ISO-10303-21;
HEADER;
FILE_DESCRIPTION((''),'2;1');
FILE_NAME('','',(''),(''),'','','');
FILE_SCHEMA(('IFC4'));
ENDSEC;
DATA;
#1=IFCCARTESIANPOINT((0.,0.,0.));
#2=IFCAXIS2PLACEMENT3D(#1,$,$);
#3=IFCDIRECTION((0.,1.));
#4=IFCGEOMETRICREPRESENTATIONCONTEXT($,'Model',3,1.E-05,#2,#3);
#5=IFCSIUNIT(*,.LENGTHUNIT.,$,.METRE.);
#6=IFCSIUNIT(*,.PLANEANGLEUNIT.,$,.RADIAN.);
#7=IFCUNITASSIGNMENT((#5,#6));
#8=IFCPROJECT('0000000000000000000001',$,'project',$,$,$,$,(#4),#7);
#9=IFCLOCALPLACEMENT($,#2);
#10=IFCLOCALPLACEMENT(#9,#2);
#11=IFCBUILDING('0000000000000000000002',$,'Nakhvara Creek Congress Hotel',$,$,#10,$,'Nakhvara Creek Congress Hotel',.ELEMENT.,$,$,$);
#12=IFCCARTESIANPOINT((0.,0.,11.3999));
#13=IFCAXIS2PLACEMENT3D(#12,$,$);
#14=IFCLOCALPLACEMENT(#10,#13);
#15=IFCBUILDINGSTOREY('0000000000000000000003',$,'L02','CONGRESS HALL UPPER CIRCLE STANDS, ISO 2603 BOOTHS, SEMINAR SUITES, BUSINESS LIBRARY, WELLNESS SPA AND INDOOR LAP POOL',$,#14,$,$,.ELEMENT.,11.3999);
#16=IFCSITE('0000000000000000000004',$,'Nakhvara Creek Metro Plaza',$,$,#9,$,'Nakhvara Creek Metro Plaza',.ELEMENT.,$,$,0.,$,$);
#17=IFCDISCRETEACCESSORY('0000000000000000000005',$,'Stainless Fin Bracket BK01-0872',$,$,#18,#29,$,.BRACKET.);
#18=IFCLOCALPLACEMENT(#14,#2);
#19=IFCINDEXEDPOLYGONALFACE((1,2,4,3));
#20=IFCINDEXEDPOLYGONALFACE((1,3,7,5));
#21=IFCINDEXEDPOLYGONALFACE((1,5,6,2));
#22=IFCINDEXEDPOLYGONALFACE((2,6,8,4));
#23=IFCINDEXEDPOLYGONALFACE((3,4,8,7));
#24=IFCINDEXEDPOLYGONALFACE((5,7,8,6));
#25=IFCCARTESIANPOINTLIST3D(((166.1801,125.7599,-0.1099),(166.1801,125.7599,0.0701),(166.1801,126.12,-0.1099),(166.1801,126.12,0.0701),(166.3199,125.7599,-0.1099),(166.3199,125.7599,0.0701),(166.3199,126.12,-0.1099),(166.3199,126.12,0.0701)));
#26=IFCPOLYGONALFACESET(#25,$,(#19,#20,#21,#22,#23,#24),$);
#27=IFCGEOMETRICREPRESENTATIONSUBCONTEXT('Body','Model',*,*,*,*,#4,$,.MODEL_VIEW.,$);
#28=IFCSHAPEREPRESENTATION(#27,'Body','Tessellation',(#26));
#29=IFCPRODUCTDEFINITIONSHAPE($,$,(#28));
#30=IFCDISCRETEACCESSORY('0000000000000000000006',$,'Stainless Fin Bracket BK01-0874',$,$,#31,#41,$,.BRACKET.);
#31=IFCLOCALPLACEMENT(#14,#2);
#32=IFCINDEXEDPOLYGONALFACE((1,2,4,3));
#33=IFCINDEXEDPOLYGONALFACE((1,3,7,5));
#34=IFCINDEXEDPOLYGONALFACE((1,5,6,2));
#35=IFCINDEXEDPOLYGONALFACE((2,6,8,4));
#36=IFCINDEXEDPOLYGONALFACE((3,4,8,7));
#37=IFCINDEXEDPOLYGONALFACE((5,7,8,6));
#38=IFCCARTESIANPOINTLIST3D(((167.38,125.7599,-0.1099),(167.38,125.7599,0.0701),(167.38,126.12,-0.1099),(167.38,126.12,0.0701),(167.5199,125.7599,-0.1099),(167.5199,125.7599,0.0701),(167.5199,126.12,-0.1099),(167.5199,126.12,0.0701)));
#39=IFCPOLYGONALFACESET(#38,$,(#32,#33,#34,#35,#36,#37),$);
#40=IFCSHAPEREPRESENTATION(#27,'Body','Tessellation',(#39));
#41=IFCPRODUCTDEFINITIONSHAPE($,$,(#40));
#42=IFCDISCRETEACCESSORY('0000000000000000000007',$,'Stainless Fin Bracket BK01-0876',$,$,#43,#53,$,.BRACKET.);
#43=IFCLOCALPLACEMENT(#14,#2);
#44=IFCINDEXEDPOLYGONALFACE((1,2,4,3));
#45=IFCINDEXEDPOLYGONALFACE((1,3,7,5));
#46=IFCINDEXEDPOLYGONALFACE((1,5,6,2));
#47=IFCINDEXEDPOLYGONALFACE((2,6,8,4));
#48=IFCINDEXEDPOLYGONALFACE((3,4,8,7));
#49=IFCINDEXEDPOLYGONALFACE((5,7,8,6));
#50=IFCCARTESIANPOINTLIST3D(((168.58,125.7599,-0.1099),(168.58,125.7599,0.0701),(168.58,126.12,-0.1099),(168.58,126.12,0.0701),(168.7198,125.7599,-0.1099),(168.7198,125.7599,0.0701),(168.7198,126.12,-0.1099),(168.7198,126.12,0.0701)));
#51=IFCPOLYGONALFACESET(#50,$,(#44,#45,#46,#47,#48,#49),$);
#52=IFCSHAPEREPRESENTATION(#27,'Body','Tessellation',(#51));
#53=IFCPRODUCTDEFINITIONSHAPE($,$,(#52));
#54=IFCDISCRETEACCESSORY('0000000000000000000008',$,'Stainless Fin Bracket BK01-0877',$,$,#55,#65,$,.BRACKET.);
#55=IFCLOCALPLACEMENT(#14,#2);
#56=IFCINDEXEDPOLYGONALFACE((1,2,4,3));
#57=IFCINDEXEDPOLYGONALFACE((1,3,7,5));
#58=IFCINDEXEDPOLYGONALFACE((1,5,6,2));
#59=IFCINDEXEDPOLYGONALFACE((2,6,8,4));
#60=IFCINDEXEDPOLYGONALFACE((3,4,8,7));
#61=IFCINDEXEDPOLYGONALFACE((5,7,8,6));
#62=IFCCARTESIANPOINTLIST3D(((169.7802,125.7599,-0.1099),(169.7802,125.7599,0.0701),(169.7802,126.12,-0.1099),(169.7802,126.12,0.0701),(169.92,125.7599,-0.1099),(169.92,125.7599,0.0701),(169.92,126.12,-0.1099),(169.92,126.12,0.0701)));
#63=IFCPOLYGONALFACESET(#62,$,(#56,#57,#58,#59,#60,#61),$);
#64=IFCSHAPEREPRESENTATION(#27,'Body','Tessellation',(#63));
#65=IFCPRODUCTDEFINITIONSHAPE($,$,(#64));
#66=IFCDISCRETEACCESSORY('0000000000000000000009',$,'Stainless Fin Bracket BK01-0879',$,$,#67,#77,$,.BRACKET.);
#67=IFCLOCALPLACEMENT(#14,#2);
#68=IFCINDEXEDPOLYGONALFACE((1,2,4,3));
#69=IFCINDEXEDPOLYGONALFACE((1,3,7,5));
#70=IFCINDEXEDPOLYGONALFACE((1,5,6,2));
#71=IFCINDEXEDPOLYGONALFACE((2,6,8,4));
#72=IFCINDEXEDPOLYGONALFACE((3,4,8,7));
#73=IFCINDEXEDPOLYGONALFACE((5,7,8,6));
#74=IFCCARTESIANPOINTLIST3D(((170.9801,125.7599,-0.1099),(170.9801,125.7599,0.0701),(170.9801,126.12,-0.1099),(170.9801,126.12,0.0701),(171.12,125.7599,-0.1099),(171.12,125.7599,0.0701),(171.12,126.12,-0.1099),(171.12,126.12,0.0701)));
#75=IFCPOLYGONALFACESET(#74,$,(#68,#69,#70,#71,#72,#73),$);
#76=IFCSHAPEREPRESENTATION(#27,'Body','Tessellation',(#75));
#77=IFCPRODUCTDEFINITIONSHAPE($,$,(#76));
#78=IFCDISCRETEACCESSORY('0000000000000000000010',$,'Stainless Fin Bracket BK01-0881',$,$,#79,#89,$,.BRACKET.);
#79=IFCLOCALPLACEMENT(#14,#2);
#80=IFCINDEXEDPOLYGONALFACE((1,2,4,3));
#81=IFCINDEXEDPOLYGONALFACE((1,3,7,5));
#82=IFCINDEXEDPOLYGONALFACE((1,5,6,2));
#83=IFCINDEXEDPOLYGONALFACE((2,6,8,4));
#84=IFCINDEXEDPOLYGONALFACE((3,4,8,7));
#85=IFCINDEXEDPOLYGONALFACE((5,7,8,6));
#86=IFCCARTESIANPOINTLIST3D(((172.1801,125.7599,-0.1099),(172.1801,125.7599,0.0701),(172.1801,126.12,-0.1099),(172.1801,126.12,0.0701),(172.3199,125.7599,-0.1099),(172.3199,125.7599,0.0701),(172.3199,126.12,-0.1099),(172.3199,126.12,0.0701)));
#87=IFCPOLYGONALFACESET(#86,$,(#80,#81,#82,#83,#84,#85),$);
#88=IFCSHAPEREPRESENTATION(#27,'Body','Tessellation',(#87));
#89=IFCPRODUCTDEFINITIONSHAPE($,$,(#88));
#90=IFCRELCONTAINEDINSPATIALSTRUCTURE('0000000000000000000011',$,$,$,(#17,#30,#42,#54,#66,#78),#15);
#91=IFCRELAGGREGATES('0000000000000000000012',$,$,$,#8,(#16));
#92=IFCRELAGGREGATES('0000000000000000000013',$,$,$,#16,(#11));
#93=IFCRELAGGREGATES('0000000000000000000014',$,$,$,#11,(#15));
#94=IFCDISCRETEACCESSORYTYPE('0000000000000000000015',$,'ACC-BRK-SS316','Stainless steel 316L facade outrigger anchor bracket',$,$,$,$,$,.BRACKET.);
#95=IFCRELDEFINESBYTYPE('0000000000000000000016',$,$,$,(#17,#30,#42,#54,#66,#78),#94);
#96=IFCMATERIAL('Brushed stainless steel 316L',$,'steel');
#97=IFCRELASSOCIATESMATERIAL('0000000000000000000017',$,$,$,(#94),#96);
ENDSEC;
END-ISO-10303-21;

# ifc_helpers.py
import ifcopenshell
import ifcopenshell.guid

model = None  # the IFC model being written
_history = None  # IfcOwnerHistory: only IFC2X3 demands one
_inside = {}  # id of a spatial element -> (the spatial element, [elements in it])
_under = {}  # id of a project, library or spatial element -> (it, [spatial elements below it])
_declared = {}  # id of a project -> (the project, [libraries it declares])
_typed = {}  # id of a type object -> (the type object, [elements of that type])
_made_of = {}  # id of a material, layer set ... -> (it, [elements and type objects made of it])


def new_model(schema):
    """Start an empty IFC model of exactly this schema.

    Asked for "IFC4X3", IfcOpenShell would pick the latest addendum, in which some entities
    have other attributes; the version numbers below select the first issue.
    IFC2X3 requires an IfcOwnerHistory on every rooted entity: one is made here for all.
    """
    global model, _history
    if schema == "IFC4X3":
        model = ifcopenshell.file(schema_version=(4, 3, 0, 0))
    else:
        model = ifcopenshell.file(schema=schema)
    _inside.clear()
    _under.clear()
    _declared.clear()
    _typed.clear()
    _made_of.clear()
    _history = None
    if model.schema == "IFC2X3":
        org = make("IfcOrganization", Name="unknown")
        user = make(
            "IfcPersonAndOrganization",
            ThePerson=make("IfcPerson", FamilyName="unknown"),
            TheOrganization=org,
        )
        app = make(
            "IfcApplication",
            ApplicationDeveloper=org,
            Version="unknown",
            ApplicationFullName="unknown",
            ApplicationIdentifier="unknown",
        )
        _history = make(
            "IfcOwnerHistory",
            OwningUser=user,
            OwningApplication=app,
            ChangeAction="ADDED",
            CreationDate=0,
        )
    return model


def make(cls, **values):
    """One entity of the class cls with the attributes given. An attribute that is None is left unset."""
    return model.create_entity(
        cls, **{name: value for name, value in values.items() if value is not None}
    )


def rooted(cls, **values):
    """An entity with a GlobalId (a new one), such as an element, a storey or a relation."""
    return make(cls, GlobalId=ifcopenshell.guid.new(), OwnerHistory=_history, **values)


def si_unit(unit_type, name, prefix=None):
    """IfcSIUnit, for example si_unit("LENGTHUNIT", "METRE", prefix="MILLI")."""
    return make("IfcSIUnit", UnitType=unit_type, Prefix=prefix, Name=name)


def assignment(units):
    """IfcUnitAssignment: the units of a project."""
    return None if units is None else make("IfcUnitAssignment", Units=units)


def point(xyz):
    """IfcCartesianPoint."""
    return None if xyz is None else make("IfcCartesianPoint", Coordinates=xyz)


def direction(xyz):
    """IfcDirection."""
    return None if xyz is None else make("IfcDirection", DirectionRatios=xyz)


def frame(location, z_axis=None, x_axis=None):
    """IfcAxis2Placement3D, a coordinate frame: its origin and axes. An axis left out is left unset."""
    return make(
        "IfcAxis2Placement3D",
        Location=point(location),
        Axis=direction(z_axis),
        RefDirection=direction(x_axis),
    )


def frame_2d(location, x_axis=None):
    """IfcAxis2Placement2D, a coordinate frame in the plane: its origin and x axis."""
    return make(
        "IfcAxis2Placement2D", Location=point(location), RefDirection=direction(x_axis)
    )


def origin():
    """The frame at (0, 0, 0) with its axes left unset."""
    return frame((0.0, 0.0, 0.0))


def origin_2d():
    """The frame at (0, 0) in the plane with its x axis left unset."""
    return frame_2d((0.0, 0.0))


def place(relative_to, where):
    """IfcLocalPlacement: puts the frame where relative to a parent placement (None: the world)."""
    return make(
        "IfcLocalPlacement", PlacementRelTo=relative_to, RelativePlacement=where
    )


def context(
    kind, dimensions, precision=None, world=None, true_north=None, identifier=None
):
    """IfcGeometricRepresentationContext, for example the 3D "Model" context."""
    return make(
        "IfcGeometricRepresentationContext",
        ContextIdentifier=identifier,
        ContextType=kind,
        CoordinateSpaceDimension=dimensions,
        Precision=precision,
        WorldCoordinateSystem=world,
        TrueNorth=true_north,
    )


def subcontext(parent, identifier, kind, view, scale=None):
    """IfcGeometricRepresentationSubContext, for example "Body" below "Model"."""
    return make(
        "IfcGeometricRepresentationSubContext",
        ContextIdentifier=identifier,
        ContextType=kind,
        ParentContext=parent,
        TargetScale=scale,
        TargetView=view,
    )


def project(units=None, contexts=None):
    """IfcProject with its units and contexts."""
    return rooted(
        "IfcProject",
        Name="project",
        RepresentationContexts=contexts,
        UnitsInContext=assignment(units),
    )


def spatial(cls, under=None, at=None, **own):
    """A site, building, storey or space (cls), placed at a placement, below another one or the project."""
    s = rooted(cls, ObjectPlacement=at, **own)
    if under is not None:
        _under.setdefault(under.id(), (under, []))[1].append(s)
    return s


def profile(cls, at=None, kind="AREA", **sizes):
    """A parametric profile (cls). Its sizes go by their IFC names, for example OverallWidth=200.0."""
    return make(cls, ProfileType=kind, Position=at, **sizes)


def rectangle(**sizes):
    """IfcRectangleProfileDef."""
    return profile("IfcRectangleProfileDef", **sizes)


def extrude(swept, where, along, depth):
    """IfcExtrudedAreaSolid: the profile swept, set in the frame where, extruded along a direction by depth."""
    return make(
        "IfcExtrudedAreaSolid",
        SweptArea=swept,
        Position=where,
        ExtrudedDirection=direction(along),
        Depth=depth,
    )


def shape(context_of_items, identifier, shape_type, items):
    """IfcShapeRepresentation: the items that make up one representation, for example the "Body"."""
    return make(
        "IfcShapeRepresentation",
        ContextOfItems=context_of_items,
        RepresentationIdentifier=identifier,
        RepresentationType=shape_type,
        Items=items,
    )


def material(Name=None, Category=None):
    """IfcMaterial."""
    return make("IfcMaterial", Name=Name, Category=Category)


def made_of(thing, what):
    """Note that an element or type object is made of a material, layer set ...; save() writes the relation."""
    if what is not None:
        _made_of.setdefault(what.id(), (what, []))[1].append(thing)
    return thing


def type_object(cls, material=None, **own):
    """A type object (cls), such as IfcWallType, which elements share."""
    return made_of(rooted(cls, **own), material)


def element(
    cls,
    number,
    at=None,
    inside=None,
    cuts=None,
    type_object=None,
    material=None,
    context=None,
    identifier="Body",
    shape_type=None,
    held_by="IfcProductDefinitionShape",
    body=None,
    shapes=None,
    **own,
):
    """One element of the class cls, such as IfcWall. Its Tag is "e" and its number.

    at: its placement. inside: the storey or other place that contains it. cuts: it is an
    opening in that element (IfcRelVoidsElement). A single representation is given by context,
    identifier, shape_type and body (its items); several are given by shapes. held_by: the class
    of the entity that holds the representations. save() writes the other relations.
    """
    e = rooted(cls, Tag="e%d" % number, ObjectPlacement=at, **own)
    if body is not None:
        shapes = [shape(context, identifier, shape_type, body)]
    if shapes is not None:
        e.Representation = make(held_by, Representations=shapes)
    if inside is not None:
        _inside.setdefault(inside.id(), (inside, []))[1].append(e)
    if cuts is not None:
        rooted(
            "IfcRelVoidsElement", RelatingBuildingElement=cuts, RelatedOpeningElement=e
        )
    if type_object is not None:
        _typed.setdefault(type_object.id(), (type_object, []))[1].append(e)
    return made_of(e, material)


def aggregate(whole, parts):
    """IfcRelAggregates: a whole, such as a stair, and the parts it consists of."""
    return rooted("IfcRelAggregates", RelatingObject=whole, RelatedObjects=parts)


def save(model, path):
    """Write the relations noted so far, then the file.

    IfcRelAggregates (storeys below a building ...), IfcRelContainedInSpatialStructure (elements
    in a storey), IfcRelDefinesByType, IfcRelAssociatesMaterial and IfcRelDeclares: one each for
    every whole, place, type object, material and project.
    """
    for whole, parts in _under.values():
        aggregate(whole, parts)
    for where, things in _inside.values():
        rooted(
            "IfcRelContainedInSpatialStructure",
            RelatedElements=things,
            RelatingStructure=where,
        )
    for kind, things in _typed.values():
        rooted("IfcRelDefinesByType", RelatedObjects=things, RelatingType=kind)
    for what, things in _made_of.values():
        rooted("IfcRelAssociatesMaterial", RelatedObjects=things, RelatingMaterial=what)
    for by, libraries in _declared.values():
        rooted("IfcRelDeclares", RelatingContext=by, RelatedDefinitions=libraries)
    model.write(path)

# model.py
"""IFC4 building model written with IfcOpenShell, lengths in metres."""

from ifc_helpers import new_model, si_unit, direction, frame, origin, origin_2d, place, context, subcontext, project, spatial, rectangle, extrude, material, type_object, element, save


model = new_model("IFC4")

# Units and contexts
model_context = context("Model", 3, precision=1e-05, world=origin(), true_north=direction((0.0, 1.0)))
body_context = subcontext(model_context, "Body", "Model", "MODEL_VIEW")
ifc_project = project(units=[si_unit("LENGTHUNIT", "METRE"), si_unit("PLANEANGLEUNIT", "RADIAN")], contexts=[model_context])

# Site, building, storey
site_placement = place(None, origin())
site = spatial("IfcSite", under=ifc_project, at=site_placement, Name="Nakhvara Creek Metro Plaza", LongName="Nakhvara Creek Metro Plaza", CompositionType="ELEMENT", RefElevation=0.0)
building_placement = place(site_placement, origin())
building = spatial("IfcBuilding", under=site, at=building_placement, Name="Nakhvara Creek Congress Hotel", LongName="Nakhvara Creek Congress Hotel", CompositionType="ELEMENT")
storey_placement = place(building_placement, frame((0.0, 0.0, 11.3999)))
storey = spatial("IfcBuildingStorey", under=building, at=storey_placement, Name="L02", Description="CONGRESS HALL UPPER CIRCLE STANDS, ISO 2603 BOOTHS, SEMINAR SUITES, BUSINESS LIBRARY, WELLNESS SPA AND INDOOR LAP POOL", CompositionType="ELEMENT", Elevation=11.3999)

# Discrete accessories
ifc_material_1 = material(Name="Brushed stainless steel 316L", Category="steel")
discrete_accessory_type = type_object("IfcDiscreteAccessoryType", Name="ACC-BRK-SS316", Description="Stainless steel 316L facade outrigger anchor bracket", PredefinedType="BRACKET", material=ifc_material_1)
for number, where, z_axis, x_axis, name in (
    (1, (166.25, 125.9399, -0.1099), (0.0, 0.0, 1.0), (1.0, 0.0, 0.0), "Stainless Fin Bracket BK01-0872"),
    (2, (167.45, 125.9399, -0.1099), (0.0, 0.0, 1.0), (1.0, 0.0, 0.0), "Stainless Fin Bracket BK01-0874"),
    (3, (168.6499, 125.9399, -0.1099), (0.0, 0.0, 1.0), (1.0, 0.0, 0.0), "Stainless Fin Bracket BK01-0876"),
    (4, (169.8501, 125.9399, -0.1099), (0.0, 0.0, 1.0), (1.0, 0.0, 0.0), "Stainless Fin Bracket BK01-0877"),
    (5, (171.05, 125.9399, -0.1099), (0.0, 0.0, 1.0), (1.0, 0.0, 0.0), "Stainless Fin Bracket BK01-0879"),
    (6, (172.25, 125.9399, -0.1099), (0.0, 0.0, 1.0), (1.0, 0.0, 0.0), "Stainless Fin Bracket BK01-0881"),
):
    element("IfcDiscreteAccessory", number, at=place(storey_placement, frame(where, z_axis=z_axis, x_axis=x_axis)), inside=storey, type_object=discrete_accessory_type, Name=name, PredefinedType="BRACKET", context=body_context, shape_type="SweptSolid", body=[
        extrude(rectangle(XDim=0.1399, YDim=0.3601, at=origin_2d()), origin(), (0.0, 0.0, 1.0), 0.1799),
    ])

save(model, "model.ifc")
